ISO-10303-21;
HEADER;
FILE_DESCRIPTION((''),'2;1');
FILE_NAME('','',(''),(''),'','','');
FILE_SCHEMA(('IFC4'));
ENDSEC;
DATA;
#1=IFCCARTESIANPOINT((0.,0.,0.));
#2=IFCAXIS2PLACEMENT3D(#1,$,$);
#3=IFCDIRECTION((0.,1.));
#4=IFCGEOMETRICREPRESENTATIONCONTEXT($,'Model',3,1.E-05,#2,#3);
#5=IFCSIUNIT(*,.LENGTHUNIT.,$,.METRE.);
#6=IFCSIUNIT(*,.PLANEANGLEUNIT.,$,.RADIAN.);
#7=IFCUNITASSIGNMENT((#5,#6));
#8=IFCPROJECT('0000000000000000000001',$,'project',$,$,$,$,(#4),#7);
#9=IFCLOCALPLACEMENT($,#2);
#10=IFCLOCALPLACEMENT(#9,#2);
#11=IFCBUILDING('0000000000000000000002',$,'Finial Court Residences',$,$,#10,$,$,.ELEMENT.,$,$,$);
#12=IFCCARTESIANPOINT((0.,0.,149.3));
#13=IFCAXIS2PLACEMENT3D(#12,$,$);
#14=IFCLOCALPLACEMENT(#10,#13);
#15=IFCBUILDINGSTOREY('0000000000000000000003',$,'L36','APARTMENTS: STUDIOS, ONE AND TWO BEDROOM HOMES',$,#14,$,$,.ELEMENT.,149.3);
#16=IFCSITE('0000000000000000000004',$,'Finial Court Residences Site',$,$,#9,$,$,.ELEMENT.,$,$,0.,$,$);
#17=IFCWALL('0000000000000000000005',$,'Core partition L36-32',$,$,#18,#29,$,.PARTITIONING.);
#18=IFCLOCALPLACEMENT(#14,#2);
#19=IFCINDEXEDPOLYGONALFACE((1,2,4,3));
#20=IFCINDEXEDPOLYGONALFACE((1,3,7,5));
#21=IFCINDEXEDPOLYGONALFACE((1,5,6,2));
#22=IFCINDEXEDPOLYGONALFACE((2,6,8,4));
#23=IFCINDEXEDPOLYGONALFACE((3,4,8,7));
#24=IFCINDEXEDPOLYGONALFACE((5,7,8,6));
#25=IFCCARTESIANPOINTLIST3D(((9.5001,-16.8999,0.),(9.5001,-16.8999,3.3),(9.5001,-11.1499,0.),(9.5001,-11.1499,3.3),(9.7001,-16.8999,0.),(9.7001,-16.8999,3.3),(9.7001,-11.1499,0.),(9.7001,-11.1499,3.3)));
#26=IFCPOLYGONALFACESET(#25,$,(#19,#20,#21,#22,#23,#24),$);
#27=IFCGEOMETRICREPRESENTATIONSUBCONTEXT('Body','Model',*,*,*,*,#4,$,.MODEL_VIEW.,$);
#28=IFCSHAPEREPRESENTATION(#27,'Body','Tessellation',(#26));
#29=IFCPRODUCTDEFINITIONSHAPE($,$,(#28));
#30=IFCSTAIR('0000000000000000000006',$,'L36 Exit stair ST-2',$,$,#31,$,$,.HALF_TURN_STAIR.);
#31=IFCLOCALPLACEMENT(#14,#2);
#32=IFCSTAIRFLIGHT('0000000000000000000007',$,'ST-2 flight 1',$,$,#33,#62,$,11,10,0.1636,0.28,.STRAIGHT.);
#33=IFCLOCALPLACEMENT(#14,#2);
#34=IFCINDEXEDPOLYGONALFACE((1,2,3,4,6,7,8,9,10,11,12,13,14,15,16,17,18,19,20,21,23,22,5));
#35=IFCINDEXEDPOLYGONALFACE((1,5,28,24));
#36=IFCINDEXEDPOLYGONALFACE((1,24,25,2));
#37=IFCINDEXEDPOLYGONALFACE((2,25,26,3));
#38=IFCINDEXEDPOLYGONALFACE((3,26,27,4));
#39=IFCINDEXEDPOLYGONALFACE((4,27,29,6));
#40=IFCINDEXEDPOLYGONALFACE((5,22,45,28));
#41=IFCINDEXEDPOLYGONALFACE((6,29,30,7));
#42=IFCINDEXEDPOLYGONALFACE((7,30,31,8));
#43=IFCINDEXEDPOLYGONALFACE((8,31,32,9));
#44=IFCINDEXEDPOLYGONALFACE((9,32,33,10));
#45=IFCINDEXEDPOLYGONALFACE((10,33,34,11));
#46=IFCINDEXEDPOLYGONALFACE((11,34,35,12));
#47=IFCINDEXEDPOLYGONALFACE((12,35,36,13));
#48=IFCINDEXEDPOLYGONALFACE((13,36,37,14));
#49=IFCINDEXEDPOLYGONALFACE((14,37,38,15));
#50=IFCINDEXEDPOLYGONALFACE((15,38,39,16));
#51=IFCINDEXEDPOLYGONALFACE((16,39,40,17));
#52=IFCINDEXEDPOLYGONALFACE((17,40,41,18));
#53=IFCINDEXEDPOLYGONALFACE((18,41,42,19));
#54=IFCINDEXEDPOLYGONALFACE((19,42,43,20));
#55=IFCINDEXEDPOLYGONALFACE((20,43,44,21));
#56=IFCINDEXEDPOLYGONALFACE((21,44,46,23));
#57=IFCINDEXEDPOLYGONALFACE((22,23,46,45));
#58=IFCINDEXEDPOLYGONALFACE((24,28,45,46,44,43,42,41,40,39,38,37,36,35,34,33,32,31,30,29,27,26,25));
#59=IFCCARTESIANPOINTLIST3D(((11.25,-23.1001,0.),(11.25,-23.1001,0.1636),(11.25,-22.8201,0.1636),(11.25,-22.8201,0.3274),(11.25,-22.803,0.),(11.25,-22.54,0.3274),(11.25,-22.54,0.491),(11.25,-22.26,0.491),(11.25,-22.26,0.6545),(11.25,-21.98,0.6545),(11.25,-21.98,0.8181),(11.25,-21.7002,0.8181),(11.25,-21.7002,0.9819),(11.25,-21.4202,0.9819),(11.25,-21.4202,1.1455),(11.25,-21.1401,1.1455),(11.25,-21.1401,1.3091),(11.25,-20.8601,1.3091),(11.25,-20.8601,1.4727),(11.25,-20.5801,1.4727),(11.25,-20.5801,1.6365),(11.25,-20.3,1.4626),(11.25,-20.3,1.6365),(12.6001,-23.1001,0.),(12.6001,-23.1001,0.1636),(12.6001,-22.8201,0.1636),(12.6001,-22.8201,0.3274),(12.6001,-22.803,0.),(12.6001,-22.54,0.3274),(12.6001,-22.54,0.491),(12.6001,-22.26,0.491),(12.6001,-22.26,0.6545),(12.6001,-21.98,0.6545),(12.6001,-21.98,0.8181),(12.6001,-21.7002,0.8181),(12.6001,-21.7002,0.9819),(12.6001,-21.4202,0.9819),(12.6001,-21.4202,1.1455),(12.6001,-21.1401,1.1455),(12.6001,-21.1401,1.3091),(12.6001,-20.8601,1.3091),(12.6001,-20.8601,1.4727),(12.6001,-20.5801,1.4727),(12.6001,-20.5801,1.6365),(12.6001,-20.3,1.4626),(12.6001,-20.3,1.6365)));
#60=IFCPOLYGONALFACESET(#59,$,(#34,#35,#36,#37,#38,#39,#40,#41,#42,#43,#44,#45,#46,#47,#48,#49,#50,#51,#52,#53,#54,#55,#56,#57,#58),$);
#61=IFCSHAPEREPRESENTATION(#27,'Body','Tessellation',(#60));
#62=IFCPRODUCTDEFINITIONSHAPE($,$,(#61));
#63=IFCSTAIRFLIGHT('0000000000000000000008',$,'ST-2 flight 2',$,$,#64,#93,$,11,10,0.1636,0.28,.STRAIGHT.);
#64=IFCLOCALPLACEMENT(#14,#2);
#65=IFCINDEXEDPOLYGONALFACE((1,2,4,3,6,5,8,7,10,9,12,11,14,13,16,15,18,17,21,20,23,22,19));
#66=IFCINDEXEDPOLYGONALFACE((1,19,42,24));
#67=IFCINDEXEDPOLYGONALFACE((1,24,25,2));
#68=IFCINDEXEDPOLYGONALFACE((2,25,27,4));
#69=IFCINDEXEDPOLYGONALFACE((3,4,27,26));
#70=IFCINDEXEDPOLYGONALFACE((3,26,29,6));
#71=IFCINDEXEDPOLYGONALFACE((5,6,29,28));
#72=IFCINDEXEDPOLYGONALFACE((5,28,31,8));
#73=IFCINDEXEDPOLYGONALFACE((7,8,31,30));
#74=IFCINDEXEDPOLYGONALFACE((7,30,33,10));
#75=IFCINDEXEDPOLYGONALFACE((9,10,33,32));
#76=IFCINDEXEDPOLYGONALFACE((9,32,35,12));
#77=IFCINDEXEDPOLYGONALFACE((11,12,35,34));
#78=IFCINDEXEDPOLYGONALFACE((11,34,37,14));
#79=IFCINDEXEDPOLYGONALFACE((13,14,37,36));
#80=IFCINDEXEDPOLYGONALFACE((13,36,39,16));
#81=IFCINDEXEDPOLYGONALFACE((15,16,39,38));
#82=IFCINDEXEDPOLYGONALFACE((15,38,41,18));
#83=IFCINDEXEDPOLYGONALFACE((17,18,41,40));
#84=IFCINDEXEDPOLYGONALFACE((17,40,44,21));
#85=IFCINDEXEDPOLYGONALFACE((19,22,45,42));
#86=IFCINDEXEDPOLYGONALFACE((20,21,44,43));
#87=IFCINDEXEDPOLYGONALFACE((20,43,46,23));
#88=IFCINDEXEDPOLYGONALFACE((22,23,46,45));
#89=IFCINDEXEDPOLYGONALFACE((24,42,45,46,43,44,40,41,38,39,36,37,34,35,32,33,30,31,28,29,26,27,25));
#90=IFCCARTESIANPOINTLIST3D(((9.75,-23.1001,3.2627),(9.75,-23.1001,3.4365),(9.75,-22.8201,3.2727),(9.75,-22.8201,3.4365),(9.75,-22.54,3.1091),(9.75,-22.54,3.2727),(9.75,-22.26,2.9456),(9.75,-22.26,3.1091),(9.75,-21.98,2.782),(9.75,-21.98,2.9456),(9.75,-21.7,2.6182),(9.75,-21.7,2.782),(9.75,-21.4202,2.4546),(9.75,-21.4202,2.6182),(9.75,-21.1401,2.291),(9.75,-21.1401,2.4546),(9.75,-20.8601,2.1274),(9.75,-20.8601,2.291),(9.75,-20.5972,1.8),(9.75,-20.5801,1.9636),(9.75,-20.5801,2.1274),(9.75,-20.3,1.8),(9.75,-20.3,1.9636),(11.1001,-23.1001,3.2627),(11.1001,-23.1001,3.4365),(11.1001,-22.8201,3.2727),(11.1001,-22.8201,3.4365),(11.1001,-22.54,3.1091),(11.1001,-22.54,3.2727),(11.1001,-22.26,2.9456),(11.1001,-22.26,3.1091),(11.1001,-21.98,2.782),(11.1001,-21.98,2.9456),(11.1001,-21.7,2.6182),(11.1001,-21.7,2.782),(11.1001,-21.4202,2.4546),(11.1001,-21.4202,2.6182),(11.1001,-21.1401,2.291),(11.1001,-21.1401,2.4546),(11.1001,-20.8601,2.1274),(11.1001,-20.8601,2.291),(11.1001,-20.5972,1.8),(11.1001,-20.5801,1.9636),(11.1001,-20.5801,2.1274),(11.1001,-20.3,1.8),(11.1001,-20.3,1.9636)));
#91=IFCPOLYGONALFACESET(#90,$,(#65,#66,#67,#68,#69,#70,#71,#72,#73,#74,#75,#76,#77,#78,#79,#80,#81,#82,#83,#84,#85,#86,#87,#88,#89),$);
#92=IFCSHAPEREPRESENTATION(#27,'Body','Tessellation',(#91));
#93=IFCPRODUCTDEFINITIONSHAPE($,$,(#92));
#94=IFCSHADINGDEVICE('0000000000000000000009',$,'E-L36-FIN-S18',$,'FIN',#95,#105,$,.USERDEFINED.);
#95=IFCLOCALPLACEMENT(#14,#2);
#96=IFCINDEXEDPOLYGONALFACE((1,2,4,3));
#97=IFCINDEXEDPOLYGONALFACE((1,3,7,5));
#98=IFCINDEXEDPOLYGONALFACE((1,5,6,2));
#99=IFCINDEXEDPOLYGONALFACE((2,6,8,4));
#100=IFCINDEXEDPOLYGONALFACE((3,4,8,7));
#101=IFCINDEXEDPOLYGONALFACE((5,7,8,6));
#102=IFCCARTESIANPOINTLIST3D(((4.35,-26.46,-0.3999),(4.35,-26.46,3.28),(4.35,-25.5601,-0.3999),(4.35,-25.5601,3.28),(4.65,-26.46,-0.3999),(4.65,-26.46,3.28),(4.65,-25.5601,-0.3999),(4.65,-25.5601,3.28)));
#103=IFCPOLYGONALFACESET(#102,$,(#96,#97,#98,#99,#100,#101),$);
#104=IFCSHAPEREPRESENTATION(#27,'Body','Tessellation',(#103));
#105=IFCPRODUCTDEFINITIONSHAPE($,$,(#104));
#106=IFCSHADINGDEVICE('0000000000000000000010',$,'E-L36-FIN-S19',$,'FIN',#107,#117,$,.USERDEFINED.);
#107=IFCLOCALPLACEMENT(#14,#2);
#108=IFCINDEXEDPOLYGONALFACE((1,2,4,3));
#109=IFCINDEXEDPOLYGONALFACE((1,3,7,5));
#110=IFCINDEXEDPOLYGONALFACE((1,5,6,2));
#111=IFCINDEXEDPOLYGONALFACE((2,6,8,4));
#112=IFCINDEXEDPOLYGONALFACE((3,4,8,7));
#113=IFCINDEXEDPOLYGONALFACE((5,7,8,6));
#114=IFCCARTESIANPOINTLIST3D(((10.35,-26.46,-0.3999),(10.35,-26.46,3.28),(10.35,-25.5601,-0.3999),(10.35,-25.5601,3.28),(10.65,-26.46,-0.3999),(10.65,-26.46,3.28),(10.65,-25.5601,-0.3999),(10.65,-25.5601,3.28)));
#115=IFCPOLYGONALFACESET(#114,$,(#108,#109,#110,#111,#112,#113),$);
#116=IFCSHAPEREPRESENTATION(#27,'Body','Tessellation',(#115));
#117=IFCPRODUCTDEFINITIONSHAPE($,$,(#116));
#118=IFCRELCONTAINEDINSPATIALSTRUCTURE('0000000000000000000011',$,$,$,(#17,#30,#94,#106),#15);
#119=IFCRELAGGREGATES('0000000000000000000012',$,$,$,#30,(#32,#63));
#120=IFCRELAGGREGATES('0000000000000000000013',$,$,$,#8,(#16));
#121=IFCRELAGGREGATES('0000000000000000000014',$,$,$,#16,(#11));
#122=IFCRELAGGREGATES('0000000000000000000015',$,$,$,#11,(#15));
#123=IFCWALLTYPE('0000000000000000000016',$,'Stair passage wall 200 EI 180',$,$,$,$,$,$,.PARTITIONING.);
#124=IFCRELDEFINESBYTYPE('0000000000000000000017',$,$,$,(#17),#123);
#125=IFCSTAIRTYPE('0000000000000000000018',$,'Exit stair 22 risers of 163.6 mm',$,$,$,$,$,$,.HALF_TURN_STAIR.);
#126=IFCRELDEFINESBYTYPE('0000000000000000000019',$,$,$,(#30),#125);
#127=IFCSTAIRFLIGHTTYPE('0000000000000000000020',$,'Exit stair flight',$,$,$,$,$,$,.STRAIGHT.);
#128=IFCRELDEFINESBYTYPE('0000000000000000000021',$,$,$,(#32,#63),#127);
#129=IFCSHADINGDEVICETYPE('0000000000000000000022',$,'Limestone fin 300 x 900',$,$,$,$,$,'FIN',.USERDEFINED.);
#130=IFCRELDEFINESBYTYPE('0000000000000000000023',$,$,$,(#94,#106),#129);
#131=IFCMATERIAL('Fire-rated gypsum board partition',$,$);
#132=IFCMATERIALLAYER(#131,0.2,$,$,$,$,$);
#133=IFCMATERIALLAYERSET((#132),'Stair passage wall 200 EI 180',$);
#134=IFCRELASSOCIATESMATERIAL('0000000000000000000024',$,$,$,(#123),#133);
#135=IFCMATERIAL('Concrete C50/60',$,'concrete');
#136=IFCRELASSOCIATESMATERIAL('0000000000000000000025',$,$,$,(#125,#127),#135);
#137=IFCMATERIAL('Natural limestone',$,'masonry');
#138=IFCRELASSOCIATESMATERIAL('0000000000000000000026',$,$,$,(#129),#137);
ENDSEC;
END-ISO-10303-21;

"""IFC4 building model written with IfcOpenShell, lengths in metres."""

from ifc_helpers import new_model, si_unit, direction, frame, frame_2d, origin, origin_2d, place, context, subcontext, project, spatial, polyline, rectangle, outline, extrude, material, layer, layer_set, type_object, element, aggregate, save


model = new_model("IFC4")

# Units and contexts
model_context = context("Model", 3, precision=1e-05, world=origin(), true_north=direction((0.0, 1.0)))
body_context = subcontext(model_context, "Body", "Model", "MODEL_VIEW")
ifc_project = project(units=[si_unit("LENGTHUNIT", "METRE"), si_unit("PLANEANGLEUNIT", "RADIAN")], contexts=[model_context])

# Site, building, storey
site_placement = place(None, origin())
site = spatial("IfcSite", under=ifc_project, at=site_placement, Name="Finial Court Residences Site", CompositionType="ELEMENT", RefElevation=0.0)
building_placement = place(site_placement, origin())
building = spatial("IfcBuilding", under=site, at=building_placement, Name="Finial Court Residences", CompositionType="ELEMENT")
storey_placement = place(building_placement, frame((0.0, 0.0, 149.3)))
storey = spatial("IfcBuildingStorey", under=building, at=storey_placement, Name="L36", Description="APARTMENTS: STUDIOS, ONE AND TWO BEDROOM HOMES", CompositionType="ELEMENT", Elevation=149.3)

# Shared definitions
ifc_material_1 = material(Name="Fire-rated gypsum board partition")

# Wall
ifc_layer_1 = layer(ifc_material_1, 0.2)
ifc_layer_set_1 = layer_set([ifc_layer_1], Name="Stair passage wall 200 EI 180")
wall_type_1 = type_object("IfcWallType", Name="Stair passage wall 200 EI 180", PredefinedType="PARTITIONING", material=ifc_layer_set_1)
wall_1_placement = place(storey_placement, frame((9.6001, -16.8999, 0.0), z_axis=(0.0, 0.0, 1.0), x_axis=(0.0, 1.0, 0.0)))
element("IfcWall", 1, at=wall_1_placement, inside=storey, type_object=wall_type_1, Name="Core partition L36-32", PredefinedType="PARTITIONING", context=body_context, shape_type="SweptSolid", body=[
    extrude(rectangle(XDim=5.75, YDim=0.2, at=frame_2d((2.875, 0.0))), origin(), (0.0, 0.0, 1.0), 3.3),
])

# Stair, stair flights
ifc_material_2 = material(Name="Concrete C50/60", Category="concrete")
stair_type = type_object("IfcStairType", Name="Exit stair 22 risers of 163.6 mm", PredefinedType="HALF_TURN_STAIR", material=ifc_material_2)
stair_placement = place(storey_placement, origin())
stair = element("IfcStair", 2, at=stair_placement, inside=storey, type_object=stair_type, Name="L36 Exit stair ST-2", PredefinedType="HALF_TURN_STAIR")
stair_flight_type = type_object("IfcStairFlightType", Name="Exit stair flight", PredefinedType="STRAIGHT", material=ifc_material_2)
stair_flight_1_placement = place(storey_placement, frame((11.925, -23.1001, 0.0), z_axis=(0.0, 0.0, 1.0), x_axis=(0.0, 1.0, 0.0)))
stair_flight_1 = element("IfcStairFlight", 3, at=stair_flight_1_placement, type_object=stair_flight_type, Name="ST-2 flight 1", NumberOfRisers=11, NumberOfTreads=10, PredefinedType="STRAIGHT", RiserHeight=0.1636, TreadLength=0.28, context=body_context, shape_type="SweptSolid", body=[
    extrude(outline(polyline([(0.0, 0.0), (0.0, 0.1636), (0.28, 0.1636), (0.28, 0.3274), (0.5601, 0.3274), (0.5601, 0.491), (0.8401, 0.491), (0.8401, 0.6545), (1.1201, 0.6545), (1.1201, 0.8181), (1.3999, 0.8181), (1.3999, 0.9819), (1.6799, 0.9819), (1.6799, 1.1455), (1.96, 1.1455), (1.96, 1.3091), (2.24, 1.3091), (2.24, 1.4727), (2.52, 1.4727), (2.52, 1.6365), (2.8, 1.6365), (2.8, 1.8), (2.8, 1.4626), (0.2971, 0.0), (0.0, 0.0)])), frame((0.0, 0.675, 0.0), z_axis=(0.0, -1.0, 0.0), x_axis=(1.0, 0.0, 0.0)), (0.0, 0.0, 1.0), 1.3501),
])
stair_flight_2_placement = place(storey_placement, frame((10.425, -20.3, 1.8), z_axis=(0.0, 0.0, 1.0), x_axis=(0.0, -1.0, 0.0)))
stair_flight_2 = element("IfcStairFlight", 4, at=stair_flight_2_placement, type_object=stair_flight_type, Name="ST-2 flight 2", NumberOfRisers=11, NumberOfTreads=10, PredefinedType="STRAIGHT", RiserHeight=0.1636, TreadLength=0.28, context=body_context, shape_type="SweptSolid", body=[
    extrude(outline(polyline([(0.0, 0.0), (0.0, 0.1636), (0.28, 0.1636), (0.28, 0.3274), (0.5601, 0.3274), (0.5601, 0.491), (0.8401, 0.491), (0.8401, 0.6545), (1.1201, 0.6545), (1.1201, 0.8181), (1.3999, 0.8181), (1.3999, 0.9819), (1.6799, 0.9819), (1.6799, 1.1455), (1.96, 1.1455), (1.96, 1.3091), (2.24, 1.3091), (2.24, 1.4727), (2.52, 1.4727), (2.52, 1.6365), (2.8, 1.6365), (2.8, 1.8), (2.8, 1.4626), (0.2971, 0.0), (0.0, 0.0)])), frame((0.0, 0.675, 0.0), z_axis=(0.0, -1.0, 0.0), x_axis=(1.0, 0.0, 0.0)), (0.0, 0.0, 1.0), 1.3501),
])
aggregate(stair, [stair_flight_1, stair_flight_2])

# Shading devices
ifc_material_3 = material(Name="Natural limestone", Category="masonry")
shading_device_type = type_object("IfcShadingDeviceType", Name="Limestone fin 300 x 900", ElementType="FIN", PredefinedType="USERDEFINED", material=ifc_material_3)
for number, where, z_axis, x_axis, name in (
    (5, (4.5, -26.01, -0.3999), (0.0, 0.0, 1.0), (1.0, 0.0, 0.0), "E-L36-FIN-S18"),
    (6, (10.5, -26.01, -0.3999), (0.0, 0.0, 1.0), (1.0, 0.0, 0.0), "E-L36-FIN-S19"),
):
    element("IfcShadingDevice", number, at=place(storey_placement, frame(where, z_axis=z_axis, x_axis=x_axis)), inside=storey, type_object=shading_device_type, Name=name, ObjectType="FIN", PredefinedType="USERDEFINED", context=body_context, shape_type="SweptSolid", body=[
        extrude(rectangle(XDim=0.3, YDim=0.8999, at=origin_2d()), origin(), (0.0, 0.0, 1.0), 3.6799),
    ])

save(model, "model.ifc")
